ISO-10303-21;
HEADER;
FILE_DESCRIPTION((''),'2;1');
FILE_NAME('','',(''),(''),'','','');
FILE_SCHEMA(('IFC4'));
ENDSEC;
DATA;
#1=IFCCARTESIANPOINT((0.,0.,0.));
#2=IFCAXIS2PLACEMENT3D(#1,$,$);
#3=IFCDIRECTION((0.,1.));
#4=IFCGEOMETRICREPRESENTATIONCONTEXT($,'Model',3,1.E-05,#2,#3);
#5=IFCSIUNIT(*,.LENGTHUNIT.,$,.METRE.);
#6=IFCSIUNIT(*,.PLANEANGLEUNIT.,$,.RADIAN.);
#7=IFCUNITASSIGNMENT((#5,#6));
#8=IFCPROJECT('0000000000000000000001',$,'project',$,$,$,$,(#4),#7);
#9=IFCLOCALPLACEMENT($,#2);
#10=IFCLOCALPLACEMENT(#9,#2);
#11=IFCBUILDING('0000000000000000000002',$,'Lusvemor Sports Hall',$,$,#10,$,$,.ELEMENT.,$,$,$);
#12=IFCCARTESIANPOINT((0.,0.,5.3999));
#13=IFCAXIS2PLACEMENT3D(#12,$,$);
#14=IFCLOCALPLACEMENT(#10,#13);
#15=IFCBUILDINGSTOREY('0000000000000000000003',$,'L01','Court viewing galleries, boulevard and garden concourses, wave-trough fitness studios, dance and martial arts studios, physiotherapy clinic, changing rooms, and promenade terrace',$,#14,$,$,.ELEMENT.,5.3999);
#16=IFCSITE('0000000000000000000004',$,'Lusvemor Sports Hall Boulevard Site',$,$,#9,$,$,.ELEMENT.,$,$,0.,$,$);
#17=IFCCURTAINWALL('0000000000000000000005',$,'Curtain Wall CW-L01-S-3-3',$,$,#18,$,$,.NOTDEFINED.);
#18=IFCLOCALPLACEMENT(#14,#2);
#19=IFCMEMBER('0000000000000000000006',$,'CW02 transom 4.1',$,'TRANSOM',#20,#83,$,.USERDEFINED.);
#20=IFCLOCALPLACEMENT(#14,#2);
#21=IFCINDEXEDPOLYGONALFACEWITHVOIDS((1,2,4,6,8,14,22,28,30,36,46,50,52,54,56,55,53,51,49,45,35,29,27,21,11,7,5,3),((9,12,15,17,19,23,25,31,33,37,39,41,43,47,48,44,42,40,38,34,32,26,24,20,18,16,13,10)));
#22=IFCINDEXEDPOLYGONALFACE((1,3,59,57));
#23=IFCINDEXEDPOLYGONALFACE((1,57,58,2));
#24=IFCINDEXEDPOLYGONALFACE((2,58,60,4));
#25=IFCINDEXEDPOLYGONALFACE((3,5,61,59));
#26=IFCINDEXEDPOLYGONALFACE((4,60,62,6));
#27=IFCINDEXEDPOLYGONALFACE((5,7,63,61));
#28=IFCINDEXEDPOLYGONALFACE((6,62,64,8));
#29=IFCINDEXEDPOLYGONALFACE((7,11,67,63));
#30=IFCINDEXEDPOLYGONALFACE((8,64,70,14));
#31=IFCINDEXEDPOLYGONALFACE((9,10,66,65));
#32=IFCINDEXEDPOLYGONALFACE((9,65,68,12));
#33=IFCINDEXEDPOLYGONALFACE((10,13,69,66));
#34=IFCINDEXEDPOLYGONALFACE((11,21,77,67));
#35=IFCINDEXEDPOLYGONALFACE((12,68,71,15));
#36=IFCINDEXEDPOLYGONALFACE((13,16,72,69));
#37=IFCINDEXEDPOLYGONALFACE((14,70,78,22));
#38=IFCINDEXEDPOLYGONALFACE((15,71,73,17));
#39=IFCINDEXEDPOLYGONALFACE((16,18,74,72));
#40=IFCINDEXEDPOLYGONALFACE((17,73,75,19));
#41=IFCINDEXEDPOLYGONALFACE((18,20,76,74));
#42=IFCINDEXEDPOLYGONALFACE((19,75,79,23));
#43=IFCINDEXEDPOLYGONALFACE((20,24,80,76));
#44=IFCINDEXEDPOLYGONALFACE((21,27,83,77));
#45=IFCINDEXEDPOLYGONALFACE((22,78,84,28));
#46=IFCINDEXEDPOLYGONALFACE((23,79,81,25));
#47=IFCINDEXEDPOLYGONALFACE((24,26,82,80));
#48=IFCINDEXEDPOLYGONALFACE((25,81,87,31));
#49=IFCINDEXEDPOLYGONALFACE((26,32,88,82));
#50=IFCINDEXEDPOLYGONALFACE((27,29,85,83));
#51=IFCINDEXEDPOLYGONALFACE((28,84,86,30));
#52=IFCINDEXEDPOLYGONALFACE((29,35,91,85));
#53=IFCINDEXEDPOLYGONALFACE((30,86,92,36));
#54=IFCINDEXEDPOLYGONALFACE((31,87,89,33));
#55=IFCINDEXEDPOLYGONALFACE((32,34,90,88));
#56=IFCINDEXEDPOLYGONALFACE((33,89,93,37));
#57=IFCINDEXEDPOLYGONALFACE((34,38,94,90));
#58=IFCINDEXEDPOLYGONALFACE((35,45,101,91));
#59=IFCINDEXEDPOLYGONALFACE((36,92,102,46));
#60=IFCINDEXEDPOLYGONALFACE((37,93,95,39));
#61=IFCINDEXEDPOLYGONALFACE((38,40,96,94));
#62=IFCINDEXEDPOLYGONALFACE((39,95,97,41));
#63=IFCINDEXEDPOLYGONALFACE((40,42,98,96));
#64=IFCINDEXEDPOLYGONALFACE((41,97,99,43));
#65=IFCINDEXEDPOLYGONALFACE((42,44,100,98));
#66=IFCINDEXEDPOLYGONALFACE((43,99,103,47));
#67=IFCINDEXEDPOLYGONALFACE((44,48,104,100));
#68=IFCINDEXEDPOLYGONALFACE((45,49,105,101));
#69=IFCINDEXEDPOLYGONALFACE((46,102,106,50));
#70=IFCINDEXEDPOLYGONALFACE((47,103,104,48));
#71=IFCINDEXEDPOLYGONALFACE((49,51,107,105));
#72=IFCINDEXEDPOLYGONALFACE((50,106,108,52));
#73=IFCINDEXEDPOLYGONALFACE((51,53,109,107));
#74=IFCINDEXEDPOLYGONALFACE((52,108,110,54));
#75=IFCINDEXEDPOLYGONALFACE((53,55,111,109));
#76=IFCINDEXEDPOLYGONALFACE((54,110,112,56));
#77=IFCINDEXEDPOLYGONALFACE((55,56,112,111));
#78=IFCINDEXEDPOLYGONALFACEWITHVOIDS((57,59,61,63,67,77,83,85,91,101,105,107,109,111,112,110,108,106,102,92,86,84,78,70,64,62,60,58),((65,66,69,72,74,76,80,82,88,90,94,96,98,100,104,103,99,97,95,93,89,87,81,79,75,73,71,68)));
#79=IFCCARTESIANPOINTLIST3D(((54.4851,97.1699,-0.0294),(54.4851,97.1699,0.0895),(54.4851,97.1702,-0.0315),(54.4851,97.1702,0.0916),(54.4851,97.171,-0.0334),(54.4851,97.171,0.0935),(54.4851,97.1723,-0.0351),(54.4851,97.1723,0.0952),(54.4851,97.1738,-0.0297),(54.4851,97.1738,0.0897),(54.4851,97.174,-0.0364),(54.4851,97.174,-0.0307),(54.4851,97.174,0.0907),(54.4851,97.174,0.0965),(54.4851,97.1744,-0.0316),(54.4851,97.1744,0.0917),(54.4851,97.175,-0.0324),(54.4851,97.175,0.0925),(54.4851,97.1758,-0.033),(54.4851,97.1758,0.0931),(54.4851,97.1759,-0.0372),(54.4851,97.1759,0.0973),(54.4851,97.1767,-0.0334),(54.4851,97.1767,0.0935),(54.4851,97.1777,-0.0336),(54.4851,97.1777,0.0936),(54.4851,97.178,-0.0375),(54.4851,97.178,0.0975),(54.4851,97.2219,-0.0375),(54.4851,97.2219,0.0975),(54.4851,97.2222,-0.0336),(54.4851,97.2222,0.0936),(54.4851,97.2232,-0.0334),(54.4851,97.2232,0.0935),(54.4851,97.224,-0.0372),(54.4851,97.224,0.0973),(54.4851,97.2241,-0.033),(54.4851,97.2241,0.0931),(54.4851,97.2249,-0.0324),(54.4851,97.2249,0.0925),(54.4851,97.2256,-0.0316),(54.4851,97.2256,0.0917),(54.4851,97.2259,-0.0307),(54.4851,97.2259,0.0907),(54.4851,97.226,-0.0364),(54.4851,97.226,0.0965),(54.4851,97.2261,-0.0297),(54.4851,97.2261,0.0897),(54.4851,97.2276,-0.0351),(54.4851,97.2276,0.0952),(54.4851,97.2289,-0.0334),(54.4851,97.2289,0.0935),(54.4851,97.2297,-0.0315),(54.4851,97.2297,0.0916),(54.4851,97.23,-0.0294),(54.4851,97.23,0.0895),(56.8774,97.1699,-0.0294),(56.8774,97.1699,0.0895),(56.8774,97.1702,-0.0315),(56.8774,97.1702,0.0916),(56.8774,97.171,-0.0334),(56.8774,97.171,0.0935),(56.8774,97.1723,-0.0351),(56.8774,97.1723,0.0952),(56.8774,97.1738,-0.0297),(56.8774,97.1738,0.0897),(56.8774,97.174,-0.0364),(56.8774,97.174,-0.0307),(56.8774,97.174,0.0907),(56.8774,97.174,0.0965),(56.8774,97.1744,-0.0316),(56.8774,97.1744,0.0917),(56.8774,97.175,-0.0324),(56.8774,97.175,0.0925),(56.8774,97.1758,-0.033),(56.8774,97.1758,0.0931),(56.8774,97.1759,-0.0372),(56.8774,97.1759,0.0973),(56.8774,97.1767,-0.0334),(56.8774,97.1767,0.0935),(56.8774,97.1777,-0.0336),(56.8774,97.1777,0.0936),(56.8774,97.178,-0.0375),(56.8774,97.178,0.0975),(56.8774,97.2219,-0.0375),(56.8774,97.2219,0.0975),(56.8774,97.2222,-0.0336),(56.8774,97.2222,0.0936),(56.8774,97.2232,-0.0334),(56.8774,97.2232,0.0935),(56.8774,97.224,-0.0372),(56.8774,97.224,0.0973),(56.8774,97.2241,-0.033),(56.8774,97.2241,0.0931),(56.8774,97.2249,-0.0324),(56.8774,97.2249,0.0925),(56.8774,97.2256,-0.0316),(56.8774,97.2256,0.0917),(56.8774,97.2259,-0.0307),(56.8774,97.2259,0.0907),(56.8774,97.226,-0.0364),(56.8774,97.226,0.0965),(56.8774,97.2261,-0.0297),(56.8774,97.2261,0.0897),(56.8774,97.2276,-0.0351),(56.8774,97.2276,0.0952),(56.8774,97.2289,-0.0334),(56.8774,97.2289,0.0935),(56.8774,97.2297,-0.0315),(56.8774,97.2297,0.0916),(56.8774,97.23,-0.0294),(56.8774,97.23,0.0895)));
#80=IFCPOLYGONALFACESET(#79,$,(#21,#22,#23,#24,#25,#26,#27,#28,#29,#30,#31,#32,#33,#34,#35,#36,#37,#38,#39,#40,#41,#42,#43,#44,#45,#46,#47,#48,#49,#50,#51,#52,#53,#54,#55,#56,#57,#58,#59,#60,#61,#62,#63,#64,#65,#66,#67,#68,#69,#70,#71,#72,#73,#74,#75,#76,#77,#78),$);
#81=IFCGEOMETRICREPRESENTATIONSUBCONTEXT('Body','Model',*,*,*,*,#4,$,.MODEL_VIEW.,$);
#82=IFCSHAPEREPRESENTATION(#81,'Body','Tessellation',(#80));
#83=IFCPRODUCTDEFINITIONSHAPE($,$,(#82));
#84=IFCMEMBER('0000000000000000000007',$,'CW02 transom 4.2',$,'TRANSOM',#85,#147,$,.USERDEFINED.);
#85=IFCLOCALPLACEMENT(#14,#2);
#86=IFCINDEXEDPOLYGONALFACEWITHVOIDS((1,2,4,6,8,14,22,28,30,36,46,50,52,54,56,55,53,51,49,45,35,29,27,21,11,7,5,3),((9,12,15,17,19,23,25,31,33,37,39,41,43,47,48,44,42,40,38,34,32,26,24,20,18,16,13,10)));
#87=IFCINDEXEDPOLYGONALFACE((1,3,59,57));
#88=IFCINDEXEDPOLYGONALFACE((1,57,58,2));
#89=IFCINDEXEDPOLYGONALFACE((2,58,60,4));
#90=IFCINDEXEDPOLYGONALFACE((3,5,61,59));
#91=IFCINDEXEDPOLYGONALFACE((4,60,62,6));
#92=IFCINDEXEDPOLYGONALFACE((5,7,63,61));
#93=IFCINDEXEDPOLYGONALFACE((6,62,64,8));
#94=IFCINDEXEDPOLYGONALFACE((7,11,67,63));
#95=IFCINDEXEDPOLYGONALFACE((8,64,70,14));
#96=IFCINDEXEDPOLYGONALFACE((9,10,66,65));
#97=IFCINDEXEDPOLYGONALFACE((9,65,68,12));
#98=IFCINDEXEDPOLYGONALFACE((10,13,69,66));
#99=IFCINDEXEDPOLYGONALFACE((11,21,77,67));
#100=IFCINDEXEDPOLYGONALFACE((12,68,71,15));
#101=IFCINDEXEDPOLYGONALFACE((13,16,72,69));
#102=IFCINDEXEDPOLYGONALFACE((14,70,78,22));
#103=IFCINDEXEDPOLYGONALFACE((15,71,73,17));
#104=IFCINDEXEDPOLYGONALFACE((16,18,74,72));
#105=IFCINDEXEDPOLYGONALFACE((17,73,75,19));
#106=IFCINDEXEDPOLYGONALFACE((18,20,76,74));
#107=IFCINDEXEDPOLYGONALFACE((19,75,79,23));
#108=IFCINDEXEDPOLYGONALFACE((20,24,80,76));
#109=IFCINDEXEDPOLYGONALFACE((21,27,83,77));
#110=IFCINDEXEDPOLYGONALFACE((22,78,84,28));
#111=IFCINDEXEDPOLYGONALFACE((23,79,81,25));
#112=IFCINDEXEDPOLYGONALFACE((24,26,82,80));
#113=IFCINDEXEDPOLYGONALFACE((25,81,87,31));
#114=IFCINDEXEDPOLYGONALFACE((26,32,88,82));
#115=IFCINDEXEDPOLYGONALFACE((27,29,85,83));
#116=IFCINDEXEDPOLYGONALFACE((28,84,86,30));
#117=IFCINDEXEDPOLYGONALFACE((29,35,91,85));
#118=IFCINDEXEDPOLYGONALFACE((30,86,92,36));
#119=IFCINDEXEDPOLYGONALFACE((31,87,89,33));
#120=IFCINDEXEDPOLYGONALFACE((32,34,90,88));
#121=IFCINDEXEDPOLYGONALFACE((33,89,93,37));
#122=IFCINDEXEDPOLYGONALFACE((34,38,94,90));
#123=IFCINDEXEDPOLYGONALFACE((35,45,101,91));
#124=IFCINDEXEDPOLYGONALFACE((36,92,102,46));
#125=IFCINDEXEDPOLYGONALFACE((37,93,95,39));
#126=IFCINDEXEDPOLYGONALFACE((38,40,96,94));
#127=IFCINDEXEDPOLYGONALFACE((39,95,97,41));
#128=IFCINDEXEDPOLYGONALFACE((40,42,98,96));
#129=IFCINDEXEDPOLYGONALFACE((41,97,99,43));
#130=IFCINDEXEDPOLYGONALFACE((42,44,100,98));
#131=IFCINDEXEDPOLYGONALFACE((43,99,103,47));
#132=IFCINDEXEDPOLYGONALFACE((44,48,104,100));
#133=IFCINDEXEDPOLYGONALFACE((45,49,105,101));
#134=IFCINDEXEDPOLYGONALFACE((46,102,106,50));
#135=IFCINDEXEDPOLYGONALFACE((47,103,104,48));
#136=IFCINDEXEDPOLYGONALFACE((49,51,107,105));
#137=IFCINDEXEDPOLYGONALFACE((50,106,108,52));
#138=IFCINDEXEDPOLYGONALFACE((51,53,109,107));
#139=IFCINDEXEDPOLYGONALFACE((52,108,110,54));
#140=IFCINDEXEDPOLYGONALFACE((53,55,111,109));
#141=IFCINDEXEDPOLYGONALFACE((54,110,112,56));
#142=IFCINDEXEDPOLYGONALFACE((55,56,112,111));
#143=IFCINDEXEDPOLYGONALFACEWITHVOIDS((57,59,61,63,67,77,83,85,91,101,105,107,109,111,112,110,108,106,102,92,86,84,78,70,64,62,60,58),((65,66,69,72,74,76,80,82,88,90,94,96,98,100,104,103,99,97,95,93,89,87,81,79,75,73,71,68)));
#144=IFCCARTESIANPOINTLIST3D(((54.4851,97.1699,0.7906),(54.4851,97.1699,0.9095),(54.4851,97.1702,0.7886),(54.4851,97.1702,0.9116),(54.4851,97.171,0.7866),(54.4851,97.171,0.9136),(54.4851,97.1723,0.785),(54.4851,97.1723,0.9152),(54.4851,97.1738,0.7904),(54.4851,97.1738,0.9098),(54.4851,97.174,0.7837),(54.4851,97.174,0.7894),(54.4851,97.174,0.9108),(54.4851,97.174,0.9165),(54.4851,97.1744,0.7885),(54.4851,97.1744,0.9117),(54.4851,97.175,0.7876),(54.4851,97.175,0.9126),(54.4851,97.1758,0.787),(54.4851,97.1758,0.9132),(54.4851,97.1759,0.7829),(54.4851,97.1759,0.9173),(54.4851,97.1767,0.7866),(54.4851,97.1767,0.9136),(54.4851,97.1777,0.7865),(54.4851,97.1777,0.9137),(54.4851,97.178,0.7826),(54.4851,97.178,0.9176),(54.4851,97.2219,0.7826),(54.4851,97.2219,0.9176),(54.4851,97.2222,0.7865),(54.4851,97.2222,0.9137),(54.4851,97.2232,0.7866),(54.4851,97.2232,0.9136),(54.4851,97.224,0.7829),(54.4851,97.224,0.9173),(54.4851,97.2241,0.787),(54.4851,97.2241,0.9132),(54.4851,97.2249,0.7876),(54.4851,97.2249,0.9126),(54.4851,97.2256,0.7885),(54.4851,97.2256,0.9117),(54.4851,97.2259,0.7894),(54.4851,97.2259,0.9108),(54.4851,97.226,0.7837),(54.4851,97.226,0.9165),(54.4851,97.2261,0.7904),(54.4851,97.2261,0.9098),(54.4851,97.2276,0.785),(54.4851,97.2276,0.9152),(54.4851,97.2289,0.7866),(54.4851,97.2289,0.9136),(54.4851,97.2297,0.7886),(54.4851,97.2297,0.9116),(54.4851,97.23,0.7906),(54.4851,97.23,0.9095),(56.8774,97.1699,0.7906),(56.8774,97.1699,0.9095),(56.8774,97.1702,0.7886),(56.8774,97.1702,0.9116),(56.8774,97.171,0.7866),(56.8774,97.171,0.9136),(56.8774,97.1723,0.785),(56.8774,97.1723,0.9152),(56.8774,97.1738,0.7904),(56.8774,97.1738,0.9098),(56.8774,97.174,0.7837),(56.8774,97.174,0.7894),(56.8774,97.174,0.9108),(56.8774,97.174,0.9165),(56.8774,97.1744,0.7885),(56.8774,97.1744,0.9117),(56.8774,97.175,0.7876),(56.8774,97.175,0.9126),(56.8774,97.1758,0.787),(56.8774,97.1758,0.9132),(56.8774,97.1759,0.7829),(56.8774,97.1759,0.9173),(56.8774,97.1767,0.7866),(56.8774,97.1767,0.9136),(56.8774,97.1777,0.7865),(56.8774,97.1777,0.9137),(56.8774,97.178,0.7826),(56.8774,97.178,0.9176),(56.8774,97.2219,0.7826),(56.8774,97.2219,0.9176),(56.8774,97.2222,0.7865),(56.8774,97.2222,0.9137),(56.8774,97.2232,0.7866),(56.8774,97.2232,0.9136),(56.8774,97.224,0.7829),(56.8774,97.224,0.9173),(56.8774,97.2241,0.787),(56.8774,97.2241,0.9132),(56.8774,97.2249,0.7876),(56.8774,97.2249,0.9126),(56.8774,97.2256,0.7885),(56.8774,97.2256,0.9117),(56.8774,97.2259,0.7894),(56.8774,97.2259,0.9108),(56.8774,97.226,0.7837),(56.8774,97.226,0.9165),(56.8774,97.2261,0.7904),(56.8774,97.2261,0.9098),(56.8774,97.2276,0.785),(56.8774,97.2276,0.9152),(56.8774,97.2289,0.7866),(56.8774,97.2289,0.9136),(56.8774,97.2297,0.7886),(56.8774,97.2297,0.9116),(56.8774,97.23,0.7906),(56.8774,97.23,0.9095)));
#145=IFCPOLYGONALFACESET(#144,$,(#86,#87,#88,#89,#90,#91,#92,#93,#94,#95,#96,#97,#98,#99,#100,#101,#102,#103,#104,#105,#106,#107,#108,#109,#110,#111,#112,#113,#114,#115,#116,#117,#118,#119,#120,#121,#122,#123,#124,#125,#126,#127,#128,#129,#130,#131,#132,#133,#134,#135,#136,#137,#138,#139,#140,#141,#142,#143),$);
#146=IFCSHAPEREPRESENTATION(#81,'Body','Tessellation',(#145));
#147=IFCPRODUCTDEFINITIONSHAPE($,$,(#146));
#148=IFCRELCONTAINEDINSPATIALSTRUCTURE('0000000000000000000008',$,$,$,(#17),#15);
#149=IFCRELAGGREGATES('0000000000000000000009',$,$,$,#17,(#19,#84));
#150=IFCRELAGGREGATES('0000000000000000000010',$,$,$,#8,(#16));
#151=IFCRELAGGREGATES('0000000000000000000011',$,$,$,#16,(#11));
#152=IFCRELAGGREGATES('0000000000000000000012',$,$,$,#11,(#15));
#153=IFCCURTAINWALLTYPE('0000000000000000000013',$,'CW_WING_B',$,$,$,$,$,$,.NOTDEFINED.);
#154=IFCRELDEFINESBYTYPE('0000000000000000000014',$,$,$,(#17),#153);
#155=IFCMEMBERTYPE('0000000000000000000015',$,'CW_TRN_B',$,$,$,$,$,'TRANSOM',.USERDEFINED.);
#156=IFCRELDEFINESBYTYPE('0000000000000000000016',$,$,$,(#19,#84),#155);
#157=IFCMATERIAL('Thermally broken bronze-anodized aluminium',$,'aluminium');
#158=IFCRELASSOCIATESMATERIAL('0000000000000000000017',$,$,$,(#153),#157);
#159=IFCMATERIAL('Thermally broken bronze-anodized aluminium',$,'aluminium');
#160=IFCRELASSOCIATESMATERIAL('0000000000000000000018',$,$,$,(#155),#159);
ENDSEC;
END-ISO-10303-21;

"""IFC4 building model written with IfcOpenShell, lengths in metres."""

from ifc_helpers import new_model, si_unit, direction, frame, origin, origin_2d, place, context, subcontext, project, spatial, hollow_rectangle, extrude, material, material_profile, profile_set, type_object, element, aggregate, save


model = new_model("IFC4")

# Units and contexts
model_context = context("Model", 3, precision=1e-05, world=origin(), true_north=direction((0.0, 1.0)))
body_context = subcontext(model_context, "Body", "Model", "MODEL_VIEW")
ifc_project = project(units=[si_unit("LENGTHUNIT", "METRE"), si_unit("PLANEANGLEUNIT", "RADIAN")], contexts=[model_context])

# Site, building, storey
site_placement = place(None, origin())
site = spatial("IfcSite", under=ifc_project, at=site_placement, Name="Lusvemor Sports Hall Boulevard Site", CompositionType="ELEMENT", RefElevation=0.0)
building_placement = place(site_placement, origin())
building = spatial("IfcBuilding", under=site, at=building_placement, Name="Lusvemor Sports Hall", CompositionType="ELEMENT")
storey_placement = place(building_placement, frame((0.0, 0.0, 5.3999)))
storey = spatial("IfcBuildingStorey", under=building, at=storey_placement, Name="L01", Description="Court viewing galleries, boulevard and garden concourses, wave-trough fitness studios, dance and martial arts studios, physiotherapy clinic, changing rooms, and promenade terrace", CompositionType="ELEMENT", Elevation=5.3999)

# Curtain wall, members
ifc_material_1 = material(Name="Thermally broken bronze-anodized aluminium", Category="aluminium")
curtain_wall_type = type_object("IfcCurtainWallType", Name="CW_WING_B", PredefinedType="NOTDEFINED", material=ifc_material_1)
curtain_wall_placement = place(storey_placement, origin())
curtain_wall = element("IfcCurtainWall", 1, at=curtain_wall_placement, inside=storey, type_object=curtain_wall_type, Name="Curtain Wall CW-L01-S-3-3", PredefinedType="NOTDEFINED")
ifc_material_2 = material(Name="Thermally broken bronze-anodized aluminium", Category="aluminium")
ifc_material_profile_1 = material_profile(ifc_material_2, hollow_rectangle(XDim=0.0601, YDim=0.135, WallThickness=0.0039, InnerFilletRadius=0.0039, OuterFilletRadius=0.0081, at=origin_2d()), Name="CWTRN135x60x4")
ifc_profile_set_1 = profile_set([ifc_material_profile_1], Name="Thermally broken bronze-anodized aluminium")
member_type_1 = type_object("IfcMemberType", Name="CW_TRN_B", ElementType="TRANSOM", PredefinedType="USERDEFINED", material=ifc_profile_set_1)
member_1_placement = place(storey_placement, frame((56.8774, 97.2, 0.03), z_axis=(-1.0, 0.0, 0.0), x_axis=(0.0, -1.0, 0.0)))
member_1 = element("IfcMember", 2, at=member_1_placement, type_object=member_type_1, Name="CW02 transom 4.1", ObjectType="TRANSOM", PredefinedType="USERDEFINED", context=body_context, shape_type="SweptSolid", body=[
    extrude(hollow_rectangle(XDim=0.0601, YDim=0.135, WallThickness=0.0039, InnerFilletRadius=0.0039, OuterFilletRadius=0.0081, at=origin_2d()), origin(), (0.0, 0.0, 1.0), 2.3923),
])
member_2_placement = place(storey_placement, frame((56.8774, 97.2, 0.8501), z_axis=(-1.0, 0.0, 0.0), x_axis=(0.0, -1.0, 0.0)))
member_2 = element("IfcMember", 3, at=member_2_placement, type_object=member_type_1, Name="CW02 transom 4.2", ObjectType="TRANSOM", PredefinedType="USERDEFINED", context=body_context, shape_type="SweptSolid", body=[
    extrude(hollow_rectangle(XDim=0.0601, YDim=0.135, WallThickness=0.0039, InnerFilletRadius=0.0039, OuterFilletRadius=0.0081, at=origin_2d()), origin(), (0.0, 0.0, 1.0), 2.3923),
])

aggregate(curtain_wall, [member_1, member_2])

save(model, "model.ifc")
